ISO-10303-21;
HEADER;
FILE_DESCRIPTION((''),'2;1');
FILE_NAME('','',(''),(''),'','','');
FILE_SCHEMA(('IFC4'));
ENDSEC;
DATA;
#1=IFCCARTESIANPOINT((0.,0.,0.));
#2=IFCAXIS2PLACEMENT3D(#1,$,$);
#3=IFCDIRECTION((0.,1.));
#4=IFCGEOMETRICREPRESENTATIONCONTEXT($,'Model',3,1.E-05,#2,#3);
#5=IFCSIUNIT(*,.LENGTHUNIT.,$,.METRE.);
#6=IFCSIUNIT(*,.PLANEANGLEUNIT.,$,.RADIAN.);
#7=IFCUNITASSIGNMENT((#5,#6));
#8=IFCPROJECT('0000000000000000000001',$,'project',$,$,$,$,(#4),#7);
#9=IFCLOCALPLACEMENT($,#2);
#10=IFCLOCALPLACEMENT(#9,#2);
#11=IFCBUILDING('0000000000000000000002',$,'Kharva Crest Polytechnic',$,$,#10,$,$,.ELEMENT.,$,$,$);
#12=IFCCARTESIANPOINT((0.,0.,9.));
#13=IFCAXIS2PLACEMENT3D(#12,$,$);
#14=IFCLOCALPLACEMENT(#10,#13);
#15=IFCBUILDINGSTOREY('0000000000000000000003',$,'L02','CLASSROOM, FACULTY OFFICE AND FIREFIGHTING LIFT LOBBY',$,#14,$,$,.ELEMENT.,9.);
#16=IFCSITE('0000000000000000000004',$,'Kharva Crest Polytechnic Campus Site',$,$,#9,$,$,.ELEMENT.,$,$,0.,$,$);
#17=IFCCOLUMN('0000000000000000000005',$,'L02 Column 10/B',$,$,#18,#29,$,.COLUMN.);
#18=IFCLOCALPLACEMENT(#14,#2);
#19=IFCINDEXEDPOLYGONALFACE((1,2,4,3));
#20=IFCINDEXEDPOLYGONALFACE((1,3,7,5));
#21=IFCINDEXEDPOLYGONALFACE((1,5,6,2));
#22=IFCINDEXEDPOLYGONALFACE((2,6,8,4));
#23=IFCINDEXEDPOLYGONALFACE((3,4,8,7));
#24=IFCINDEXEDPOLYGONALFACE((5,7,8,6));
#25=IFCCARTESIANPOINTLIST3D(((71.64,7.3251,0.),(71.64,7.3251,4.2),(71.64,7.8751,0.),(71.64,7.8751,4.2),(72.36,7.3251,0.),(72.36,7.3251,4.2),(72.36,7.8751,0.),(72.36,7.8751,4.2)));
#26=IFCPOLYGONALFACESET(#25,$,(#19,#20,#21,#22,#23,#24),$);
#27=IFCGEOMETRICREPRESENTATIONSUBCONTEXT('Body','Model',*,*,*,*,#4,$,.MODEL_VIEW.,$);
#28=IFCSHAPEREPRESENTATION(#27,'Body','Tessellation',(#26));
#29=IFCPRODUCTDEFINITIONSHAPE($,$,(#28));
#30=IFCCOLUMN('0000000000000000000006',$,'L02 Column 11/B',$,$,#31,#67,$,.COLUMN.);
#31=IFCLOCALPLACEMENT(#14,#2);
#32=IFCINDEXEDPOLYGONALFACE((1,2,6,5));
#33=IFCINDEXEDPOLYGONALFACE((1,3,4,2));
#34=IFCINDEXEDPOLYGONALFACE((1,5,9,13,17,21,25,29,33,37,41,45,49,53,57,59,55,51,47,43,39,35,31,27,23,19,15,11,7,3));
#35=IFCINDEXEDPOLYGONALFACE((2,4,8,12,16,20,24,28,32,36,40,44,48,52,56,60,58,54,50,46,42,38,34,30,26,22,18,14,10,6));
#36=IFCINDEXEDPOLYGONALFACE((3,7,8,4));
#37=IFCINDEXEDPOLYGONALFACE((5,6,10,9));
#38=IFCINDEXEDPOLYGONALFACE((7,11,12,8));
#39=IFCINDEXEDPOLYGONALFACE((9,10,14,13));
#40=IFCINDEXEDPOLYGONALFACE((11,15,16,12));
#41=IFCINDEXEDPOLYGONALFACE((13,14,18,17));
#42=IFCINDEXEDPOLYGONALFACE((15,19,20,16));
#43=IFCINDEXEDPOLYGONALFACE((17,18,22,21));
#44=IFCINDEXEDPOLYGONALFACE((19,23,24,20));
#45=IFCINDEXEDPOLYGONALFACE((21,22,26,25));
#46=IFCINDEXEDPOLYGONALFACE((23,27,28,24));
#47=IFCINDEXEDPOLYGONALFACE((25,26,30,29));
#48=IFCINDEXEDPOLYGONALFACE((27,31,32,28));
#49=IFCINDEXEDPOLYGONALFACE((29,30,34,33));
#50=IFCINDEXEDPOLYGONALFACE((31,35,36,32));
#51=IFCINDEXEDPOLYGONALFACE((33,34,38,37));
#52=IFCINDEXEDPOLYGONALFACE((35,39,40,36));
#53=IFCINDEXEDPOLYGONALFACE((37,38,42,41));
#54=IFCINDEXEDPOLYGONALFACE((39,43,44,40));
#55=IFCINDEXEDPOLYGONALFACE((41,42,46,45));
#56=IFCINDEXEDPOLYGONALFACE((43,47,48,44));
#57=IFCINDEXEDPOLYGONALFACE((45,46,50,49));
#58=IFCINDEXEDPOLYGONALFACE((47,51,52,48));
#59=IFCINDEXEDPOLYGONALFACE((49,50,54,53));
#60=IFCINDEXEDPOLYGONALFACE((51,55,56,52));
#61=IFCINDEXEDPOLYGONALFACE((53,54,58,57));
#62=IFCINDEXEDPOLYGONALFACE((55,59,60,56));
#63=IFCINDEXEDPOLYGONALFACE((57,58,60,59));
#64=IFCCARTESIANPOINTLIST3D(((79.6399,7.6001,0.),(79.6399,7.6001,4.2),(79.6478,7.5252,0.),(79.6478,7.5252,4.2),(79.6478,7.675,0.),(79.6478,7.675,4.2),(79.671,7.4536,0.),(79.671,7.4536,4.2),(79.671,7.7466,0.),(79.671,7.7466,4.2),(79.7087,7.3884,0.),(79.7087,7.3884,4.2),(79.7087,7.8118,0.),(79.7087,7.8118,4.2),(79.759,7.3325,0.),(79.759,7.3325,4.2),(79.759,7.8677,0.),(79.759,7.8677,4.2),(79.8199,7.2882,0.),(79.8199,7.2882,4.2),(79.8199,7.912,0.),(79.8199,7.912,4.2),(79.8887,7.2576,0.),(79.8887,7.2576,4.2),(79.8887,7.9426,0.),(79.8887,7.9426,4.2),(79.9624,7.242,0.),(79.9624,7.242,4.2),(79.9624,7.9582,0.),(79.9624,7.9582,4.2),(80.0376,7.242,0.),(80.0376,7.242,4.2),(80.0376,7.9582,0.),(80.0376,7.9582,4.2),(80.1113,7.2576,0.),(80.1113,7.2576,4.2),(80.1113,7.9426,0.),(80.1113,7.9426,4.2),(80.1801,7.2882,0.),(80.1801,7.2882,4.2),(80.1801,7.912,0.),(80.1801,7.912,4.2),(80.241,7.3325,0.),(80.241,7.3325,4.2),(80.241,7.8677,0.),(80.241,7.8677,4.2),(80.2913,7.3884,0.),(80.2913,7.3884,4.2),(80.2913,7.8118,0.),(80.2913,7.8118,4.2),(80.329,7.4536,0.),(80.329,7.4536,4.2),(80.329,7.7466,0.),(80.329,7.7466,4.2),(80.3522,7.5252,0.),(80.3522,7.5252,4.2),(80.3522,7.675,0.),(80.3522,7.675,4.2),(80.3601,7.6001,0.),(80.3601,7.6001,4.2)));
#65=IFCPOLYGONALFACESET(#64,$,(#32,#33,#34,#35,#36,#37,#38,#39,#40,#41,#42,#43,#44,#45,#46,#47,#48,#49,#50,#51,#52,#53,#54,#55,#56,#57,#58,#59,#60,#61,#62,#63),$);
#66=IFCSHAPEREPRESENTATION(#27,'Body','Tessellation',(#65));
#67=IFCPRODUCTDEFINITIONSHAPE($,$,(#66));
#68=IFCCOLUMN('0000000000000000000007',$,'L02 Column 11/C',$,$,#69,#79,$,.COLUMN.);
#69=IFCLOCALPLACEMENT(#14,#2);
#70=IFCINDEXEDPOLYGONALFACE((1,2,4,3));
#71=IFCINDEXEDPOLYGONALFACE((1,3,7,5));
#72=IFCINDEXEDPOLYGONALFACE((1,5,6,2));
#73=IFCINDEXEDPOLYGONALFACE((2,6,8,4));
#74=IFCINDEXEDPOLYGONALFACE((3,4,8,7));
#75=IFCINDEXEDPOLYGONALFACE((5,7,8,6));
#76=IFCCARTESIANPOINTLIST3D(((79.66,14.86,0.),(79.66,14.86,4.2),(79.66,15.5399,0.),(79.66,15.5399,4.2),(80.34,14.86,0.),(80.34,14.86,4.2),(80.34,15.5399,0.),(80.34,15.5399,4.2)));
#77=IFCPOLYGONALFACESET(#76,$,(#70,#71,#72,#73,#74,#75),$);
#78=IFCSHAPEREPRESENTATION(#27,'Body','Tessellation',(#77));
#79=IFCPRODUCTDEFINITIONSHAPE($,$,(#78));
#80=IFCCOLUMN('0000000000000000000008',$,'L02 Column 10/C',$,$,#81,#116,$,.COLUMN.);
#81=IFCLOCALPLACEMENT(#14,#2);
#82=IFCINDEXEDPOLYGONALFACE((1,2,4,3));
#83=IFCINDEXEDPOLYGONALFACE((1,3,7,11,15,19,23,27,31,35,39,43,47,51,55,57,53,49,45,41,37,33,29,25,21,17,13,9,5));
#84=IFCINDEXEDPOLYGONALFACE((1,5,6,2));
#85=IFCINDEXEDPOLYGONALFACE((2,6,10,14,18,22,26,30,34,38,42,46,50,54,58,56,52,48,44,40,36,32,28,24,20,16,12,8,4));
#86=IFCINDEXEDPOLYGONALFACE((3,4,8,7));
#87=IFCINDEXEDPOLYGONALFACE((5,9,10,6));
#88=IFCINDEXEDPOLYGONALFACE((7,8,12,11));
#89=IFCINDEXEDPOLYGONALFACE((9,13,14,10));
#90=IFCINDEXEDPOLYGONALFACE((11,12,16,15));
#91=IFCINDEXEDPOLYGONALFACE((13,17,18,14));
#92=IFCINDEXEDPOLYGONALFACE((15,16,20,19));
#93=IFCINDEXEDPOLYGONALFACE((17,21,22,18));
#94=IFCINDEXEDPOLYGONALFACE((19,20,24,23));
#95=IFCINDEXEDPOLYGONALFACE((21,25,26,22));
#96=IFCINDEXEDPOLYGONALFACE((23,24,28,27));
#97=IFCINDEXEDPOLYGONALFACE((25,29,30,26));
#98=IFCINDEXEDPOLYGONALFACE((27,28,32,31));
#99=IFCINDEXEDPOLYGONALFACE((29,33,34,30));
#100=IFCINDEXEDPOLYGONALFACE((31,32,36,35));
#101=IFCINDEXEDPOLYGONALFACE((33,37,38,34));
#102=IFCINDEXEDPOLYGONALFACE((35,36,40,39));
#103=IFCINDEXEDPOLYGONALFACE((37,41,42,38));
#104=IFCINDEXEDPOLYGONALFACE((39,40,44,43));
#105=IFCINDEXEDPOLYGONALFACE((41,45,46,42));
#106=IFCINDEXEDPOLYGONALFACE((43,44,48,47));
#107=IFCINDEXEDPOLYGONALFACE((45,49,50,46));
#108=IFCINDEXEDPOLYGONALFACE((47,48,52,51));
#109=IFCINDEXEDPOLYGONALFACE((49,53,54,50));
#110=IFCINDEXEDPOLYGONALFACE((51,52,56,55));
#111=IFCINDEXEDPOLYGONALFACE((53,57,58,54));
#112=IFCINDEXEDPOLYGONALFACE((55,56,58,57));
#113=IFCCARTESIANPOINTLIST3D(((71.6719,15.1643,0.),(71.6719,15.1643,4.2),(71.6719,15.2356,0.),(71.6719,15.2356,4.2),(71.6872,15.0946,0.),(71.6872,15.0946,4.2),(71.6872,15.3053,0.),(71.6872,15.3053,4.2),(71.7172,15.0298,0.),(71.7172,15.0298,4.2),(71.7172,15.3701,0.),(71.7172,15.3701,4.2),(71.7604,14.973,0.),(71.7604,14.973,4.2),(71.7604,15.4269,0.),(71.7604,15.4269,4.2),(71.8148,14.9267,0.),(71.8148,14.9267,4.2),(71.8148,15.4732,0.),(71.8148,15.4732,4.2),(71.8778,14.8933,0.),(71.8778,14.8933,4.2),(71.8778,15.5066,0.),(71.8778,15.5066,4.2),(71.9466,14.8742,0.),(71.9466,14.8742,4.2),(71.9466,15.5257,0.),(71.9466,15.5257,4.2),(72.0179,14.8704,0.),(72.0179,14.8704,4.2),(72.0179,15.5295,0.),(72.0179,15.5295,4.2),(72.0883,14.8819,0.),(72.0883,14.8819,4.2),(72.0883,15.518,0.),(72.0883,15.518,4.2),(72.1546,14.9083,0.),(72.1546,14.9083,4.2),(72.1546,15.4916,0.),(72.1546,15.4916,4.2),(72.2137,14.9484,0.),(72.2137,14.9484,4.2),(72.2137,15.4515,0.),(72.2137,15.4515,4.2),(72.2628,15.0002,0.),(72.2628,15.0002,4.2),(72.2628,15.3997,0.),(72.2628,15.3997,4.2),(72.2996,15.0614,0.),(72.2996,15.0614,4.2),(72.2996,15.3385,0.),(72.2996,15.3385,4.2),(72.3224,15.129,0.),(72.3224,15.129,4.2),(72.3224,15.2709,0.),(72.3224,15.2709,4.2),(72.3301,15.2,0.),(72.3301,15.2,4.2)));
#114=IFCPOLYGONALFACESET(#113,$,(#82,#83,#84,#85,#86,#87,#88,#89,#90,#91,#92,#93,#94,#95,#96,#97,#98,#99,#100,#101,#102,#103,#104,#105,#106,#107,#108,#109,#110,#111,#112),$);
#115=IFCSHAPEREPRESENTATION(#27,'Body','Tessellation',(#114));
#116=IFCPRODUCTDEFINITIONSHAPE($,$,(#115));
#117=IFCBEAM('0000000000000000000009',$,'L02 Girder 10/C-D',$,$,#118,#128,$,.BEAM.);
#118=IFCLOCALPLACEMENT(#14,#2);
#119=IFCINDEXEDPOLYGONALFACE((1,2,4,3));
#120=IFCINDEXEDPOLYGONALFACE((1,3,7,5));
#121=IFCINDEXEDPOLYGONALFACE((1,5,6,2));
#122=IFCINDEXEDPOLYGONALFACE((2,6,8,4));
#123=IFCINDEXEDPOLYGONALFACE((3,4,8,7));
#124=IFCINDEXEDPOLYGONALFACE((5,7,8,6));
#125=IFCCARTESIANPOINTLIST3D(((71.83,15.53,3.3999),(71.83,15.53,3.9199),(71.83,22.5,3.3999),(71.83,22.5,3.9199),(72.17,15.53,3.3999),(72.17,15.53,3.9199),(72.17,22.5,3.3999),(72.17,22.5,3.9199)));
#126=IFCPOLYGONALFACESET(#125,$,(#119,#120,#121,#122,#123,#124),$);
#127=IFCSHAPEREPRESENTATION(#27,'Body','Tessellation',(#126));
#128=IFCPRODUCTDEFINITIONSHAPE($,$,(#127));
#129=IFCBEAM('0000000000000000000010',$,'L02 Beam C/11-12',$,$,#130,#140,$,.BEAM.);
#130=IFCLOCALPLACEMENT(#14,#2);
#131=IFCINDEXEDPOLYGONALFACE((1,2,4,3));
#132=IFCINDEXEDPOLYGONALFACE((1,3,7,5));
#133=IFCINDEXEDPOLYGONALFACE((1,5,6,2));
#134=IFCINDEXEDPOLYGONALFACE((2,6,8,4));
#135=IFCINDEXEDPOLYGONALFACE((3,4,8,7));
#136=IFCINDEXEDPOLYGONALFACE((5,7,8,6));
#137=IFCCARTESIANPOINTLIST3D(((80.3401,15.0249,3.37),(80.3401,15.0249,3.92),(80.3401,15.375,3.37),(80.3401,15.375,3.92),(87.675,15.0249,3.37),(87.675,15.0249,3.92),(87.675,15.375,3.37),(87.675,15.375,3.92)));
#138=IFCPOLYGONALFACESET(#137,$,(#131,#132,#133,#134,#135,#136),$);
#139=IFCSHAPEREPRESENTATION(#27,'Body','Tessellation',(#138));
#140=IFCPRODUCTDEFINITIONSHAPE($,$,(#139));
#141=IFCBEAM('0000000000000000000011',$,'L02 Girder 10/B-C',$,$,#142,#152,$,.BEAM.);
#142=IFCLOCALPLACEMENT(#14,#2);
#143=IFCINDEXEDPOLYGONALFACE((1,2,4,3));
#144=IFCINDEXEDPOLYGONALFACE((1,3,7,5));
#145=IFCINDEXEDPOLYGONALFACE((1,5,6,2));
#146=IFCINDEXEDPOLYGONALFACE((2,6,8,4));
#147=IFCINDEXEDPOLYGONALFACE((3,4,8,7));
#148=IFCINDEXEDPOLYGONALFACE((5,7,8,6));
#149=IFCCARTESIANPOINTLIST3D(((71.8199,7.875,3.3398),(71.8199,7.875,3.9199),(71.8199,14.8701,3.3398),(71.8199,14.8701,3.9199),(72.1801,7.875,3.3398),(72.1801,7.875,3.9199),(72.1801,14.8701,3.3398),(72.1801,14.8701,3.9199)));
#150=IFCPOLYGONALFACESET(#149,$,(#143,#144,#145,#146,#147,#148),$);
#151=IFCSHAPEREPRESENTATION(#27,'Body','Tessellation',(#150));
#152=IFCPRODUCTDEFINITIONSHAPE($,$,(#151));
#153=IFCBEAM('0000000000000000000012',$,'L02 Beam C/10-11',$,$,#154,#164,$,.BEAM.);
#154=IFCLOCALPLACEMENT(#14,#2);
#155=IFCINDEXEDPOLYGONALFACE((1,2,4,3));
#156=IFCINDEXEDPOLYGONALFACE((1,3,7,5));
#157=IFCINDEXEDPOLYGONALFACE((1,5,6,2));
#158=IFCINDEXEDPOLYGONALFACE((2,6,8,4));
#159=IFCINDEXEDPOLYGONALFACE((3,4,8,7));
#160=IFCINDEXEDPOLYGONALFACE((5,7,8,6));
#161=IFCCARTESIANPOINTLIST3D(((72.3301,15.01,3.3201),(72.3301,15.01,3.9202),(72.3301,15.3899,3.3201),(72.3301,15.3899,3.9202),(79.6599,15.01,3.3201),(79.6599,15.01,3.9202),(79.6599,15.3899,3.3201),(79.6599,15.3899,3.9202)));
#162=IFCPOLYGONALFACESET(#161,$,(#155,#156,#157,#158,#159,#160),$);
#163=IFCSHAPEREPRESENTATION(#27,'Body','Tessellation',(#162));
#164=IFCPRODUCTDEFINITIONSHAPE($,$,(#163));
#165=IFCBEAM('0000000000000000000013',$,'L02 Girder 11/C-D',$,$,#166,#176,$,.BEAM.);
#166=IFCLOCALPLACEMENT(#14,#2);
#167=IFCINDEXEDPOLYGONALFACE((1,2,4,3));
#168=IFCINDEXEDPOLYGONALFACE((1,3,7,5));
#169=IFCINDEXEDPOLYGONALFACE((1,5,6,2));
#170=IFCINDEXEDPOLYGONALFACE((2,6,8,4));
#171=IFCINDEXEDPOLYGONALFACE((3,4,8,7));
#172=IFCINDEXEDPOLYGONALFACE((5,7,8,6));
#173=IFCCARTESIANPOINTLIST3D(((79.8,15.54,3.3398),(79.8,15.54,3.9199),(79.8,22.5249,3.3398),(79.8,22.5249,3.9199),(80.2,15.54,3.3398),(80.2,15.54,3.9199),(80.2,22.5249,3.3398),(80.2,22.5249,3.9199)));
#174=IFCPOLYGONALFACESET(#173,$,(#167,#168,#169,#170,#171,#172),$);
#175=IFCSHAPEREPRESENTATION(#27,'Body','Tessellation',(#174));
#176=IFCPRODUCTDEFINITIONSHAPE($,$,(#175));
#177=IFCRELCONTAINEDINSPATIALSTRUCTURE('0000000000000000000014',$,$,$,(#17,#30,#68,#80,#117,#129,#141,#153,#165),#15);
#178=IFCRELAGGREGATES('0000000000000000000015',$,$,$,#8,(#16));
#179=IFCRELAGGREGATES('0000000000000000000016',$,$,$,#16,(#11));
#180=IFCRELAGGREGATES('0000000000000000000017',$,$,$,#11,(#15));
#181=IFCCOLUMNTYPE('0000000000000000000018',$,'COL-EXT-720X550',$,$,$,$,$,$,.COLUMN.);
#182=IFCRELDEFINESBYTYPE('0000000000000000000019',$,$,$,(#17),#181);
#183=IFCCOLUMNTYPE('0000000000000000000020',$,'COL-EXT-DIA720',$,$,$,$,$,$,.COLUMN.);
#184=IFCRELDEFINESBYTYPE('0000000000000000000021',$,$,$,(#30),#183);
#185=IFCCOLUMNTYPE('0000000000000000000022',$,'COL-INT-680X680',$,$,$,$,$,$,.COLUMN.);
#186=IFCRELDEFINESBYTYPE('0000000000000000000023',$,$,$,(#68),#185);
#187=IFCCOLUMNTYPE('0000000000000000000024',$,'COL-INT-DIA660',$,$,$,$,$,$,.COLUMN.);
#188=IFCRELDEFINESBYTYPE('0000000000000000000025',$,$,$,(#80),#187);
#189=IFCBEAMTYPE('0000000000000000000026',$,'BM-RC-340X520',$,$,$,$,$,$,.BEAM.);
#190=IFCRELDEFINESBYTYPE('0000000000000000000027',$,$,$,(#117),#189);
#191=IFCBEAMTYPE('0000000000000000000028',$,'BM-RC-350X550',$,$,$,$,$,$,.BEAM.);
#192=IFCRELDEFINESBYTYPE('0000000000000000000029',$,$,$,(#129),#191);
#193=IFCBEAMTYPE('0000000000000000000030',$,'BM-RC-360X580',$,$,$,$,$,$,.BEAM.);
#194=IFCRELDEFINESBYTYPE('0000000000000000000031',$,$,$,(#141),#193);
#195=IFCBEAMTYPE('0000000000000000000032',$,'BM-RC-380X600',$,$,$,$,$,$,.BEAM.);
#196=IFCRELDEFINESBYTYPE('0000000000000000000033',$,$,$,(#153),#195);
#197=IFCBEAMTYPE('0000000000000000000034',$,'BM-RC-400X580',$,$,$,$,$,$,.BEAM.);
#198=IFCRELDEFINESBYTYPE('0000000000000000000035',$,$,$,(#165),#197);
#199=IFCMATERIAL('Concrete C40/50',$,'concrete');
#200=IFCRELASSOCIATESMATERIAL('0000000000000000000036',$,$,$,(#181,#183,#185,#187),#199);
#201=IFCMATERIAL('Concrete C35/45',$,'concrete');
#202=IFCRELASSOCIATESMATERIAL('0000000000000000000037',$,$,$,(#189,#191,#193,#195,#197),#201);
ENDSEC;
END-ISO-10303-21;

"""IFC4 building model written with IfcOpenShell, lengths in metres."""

from ifc_helpers import new_model, si_unit, direction, frame, origin, origin_2d, place, context, subcontext, project, spatial, rectangle, circle, extrude, material, material_profile, profile_set, type_object, element, save


model = new_model("IFC4")

# Units and contexts
model_context = context("Model", 3, precision=1e-05, world=origin(), true_north=direction((0.0, 1.0)))
body_context = subcontext(model_context, "Body", "Model", "MODEL_VIEW")
ifc_project = project(units=[si_unit("LENGTHUNIT", "METRE"), si_unit("PLANEANGLEUNIT", "RADIAN")], contexts=[model_context])

# Site, building, storey
site_placement = place(None, origin())
site = spatial("IfcSite", under=ifc_project, at=site_placement, Name="Kharva Crest Polytechnic Campus Site", CompositionType="ELEMENT", RefElevation=0.0)
building_placement = place(site_placement, origin())
building = spatial("IfcBuilding", under=site, at=building_placement, Name="Kharva Crest Polytechnic", CompositionType="ELEMENT")
storey_placement = place(building_placement, frame((0.0, 0.0, 9.0)))
storey = spatial("IfcBuildingStorey", under=building, at=storey_placement, Name="L02", Description="CLASSROOM, FACULTY OFFICE AND FIREFIGHTING LIFT LOBBY", CompositionType="ELEMENT", Elevation=9.0)

# Columns
ifc_material_1 = material(Name="Concrete C40/50", Category="concrete")
ifc_material_profile_1 = material_profile(ifc_material_1, rectangle(XDim=0.72, YDim=0.55, at=origin_2d()), Name="RECT 720 X 550")
ifc_profile_set_1 = profile_set([ifc_material_profile_1], Name="Concrete C40/50")
column_type_1 = type_object("IfcColumnType", Name="COL-EXT-720X550", PredefinedType="COLUMN", material=ifc_profile_set_1)
column_1_placement = place(storey_placement, frame((72.0, 7.6001, 0.0), z_axis=(0.0, 0.0, 1.0), x_axis=(1.0, 0.0, 0.0)))
element("IfcColumn", 1, at=column_1_placement, inside=storey, type_object=column_type_1, Name="L02 Column 10/B", PredefinedType="COLUMN", context=body_context, shape_type="SweptSolid", body=[
    extrude(rectangle(XDim=0.72, YDim=0.55, at=origin_2d()), origin(), (0.0, 0.0, 1.0), 4.2),
])
ifc_material_profile_2 = material_profile(ifc_material_1, circle(Radius=0.3601, at=origin_2d()), Name="DIA 720")
ifc_profile_set_2 = profile_set([ifc_material_profile_2], Name="Concrete C40/50")
column_type_2 = type_object("IfcColumnType", Name="COL-EXT-DIA720", PredefinedType="COLUMN", material=ifc_profile_set_2)
column_2_placement = place(storey_placement, frame((80.0, 7.6001, 0.0), z_axis=(0.0, 0.0, 1.0), x_axis=(1.0, 0.0, 0.0)))
element("IfcColumn", 2, at=column_2_placement, inside=storey, type_object=column_type_2, Name="L02 Column 11/B", PredefinedType="COLUMN", context=body_context, shape_type="SweptSolid", body=[
    extrude(circle(Radius=0.3601, at=origin_2d()), origin(), (0.0, 0.0, 1.0), 4.2),
])
ifc_material_profile_3 = material_profile(ifc_material_1, rectangle(XDim=0.6799, YDim=0.6799, at=origin_2d()), Name="RECT 680 X 680")
ifc_profile_set_3 = profile_set([ifc_material_profile_3], Name="Concrete C40/50")
column_type_3 = type_object("IfcColumnType", Name="COL-INT-680X680", PredefinedType="COLUMN", material=ifc_profile_set_3)
column_3_placement = place(storey_placement, frame((80.0, 15.2, 0.0), z_axis=(0.0, 0.0, 1.0), x_axis=(1.0, 0.0, 0.0)))
element("IfcColumn", 3, at=column_3_placement, inside=storey, type_object=column_type_3, Name="L02 Column 11/C", PredefinedType="COLUMN", context=body_context, shape_type="SweptSolid", body=[
    extrude(rectangle(XDim=0.6799, YDim=0.6799, at=origin_2d()), origin(), (0.0, 0.0, 1.0), 4.2),
])
ifc_material_profile_4 = material_profile(ifc_material_1, circle(Radius=0.3301, at=origin_2d()), Name="DIA 660")
ifc_profile_set_4 = profile_set([ifc_material_profile_4], Name="Concrete C40/50")
column_type_4 = type_object("IfcColumnType", Name="COL-INT-DIA660", PredefinedType="COLUMN", material=ifc_profile_set_4)
column_4_placement = place(storey_placement, frame((72.0, 15.2, 0.0), z_axis=(0.0, 0.0, 1.0), x_axis=(1.0, 0.0, 0.0)))
element("IfcColumn", 4, at=column_4_placement, inside=storey, type_object=column_type_4, Name="L02 Column 10/C", PredefinedType="COLUMN", context=body_context, shape_type="SweptSolid", body=[
    extrude(circle(Radius=0.3301, at=origin_2d()), origin(), (0.0, 0.0, 1.0), 4.2),
])

# Beams
ifc_material_2 = material(Name="Concrete C35/45", Category="concrete")
ifc_material_profile_5 = material_profile(ifc_material_2, rectangle(XDim=0.3401, YDim=0.52, at=origin_2d()), Name="RECT 340 X 520")
ifc_profile_set_5 = profile_set([ifc_material_profile_5], Name="Concrete C35/45")
beam_type_1 = type_object("IfcBeamType", Name="BM-RC-340X520", PredefinedType="BEAM", material=ifc_profile_set_5)
beam_1_placement = place(storey_placement, frame((72.0, 15.53, 3.6599), z_axis=(0.0, 1.0, 0.0), x_axis=(-1.0, 0.0, 0.0)))
element("IfcBeam", 5, at=beam_1_placement, inside=storey, type_object=beam_type_1, Name="L02 Girder 10/C-D", PredefinedType="BEAM", context=body_context, shape_type="SweptSolid", body=[
    extrude(rectangle(XDim=0.3401, YDim=0.52, at=origin_2d()), origin(), (0.0, 0.0, 1.0), 6.97),
])
ifc_material_profile_6 = material_profile(ifc_material_2, rectangle(XDim=0.3501, YDim=0.55, at=origin_2d()), Name="RECT 350 X 550")
ifc_profile_set_6 = profile_set([ifc_material_profile_6], Name="Concrete C35/45")
beam_type_2 = type_object("IfcBeamType", Name="BM-RC-350X550", PredefinedType="BEAM", material=ifc_profile_set_6)
beam_2_placement = place(storey_placement, frame((80.3401, 15.2, 3.645), z_axis=(1.0, 0.0, 0.0), x_axis=(0.0, 1.0, 0.0)))
element("IfcBeam", 6, at=beam_2_placement, inside=storey, type_object=beam_type_2, Name="L02 Beam C/11-12", PredefinedType="BEAM", context=body_context, shape_type="SweptSolid", body=[
    extrude(rectangle(XDim=0.3501, YDim=0.55, at=origin_2d()), origin(), (0.0, 0.0, 1.0), 7.335),
])
ifc_material_profile_7 = material_profile(ifc_material_2, rectangle(XDim=0.3601, YDim=0.5801, at=origin_2d()), Name="RECT 360 X 580")
ifc_profile_set_7 = profile_set([ifc_material_profile_7], Name="Concrete C35/45")
beam_type_3 = type_object("IfcBeamType", Name="BM-RC-360X580", PredefinedType="BEAM", material=ifc_profile_set_7)
beam_3_placement = place(storey_placement, frame((72.0, 7.875, 3.6299), z_axis=(0.0, 1.0, 0.0), x_axis=(-1.0, 0.0, 0.0)))
element("IfcBeam", 7, at=beam_3_placement, inside=storey, type_object=beam_type_3, Name="L02 Girder 10/B-C", PredefinedType="BEAM", context=body_context, shape_type="SweptSolid", body=[
    extrude(rectangle(XDim=0.3601, YDim=0.5801, at=origin_2d()), origin(), (0.0, 0.0, 1.0), 6.9951),
])
ifc_material_profile_8 = material_profile(ifc_material_2, rectangle(XDim=0.3799, YDim=0.6001, at=origin_2d()), Name="RECT 380 X 600")
ifc_profile_set_8 = profile_set([ifc_material_profile_8], Name="Concrete C35/45")
beam_type_4 = type_object("IfcBeamType", Name="BM-RC-380X600", PredefinedType="BEAM", material=ifc_profile_set_8)
beam_4_placement = place(storey_placement, frame((72.3301, 15.2, 3.6201), z_axis=(1.0, 0.0, 0.0), x_axis=(0.0, 1.0, 0.0)))
element("IfcBeam", 8, at=beam_4_placement, inside=storey, type_object=beam_type_4, Name="L02 Beam C/10-11", PredefinedType="BEAM", context=body_context, shape_type="SweptSolid", body=[
    extrude(rectangle(XDim=0.3799, YDim=0.6001, at=origin_2d()), origin(), (0.0, 0.0, 1.0), 7.3298),
])
ifc_material_profile_9 = material_profile(ifc_material_2, rectangle(XDim=0.3999, YDim=0.5801, at=origin_2d()), Name="RECT 400 X 580")
ifc_profile_set_9 = profile_set([ifc_material_profile_9], Name="Concrete C35/45")
beam_type_5 = type_object("IfcBeamType", Name="BM-RC-400X580", PredefinedType="BEAM", material=ifc_profile_set_9)
beam_5_placement = place(storey_placement, frame((80.0, 15.54, 3.6299), z_axis=(0.0, 1.0, 0.0), x_axis=(-1.0, 0.0, 0.0)))
element("IfcBeam", 9, at=beam_5_placement, inside=storey, type_object=beam_type_5, Name="L02 Girder 11/C-D", PredefinedType="BEAM", context=body_context, shape_type="SweptSolid", body=[
    extrude(rectangle(XDim=0.3999, YDim=0.5801, at=origin_2d()), origin(), (0.0, 0.0, 1.0), 6.9849),
])

save(model, "model.ifc")
